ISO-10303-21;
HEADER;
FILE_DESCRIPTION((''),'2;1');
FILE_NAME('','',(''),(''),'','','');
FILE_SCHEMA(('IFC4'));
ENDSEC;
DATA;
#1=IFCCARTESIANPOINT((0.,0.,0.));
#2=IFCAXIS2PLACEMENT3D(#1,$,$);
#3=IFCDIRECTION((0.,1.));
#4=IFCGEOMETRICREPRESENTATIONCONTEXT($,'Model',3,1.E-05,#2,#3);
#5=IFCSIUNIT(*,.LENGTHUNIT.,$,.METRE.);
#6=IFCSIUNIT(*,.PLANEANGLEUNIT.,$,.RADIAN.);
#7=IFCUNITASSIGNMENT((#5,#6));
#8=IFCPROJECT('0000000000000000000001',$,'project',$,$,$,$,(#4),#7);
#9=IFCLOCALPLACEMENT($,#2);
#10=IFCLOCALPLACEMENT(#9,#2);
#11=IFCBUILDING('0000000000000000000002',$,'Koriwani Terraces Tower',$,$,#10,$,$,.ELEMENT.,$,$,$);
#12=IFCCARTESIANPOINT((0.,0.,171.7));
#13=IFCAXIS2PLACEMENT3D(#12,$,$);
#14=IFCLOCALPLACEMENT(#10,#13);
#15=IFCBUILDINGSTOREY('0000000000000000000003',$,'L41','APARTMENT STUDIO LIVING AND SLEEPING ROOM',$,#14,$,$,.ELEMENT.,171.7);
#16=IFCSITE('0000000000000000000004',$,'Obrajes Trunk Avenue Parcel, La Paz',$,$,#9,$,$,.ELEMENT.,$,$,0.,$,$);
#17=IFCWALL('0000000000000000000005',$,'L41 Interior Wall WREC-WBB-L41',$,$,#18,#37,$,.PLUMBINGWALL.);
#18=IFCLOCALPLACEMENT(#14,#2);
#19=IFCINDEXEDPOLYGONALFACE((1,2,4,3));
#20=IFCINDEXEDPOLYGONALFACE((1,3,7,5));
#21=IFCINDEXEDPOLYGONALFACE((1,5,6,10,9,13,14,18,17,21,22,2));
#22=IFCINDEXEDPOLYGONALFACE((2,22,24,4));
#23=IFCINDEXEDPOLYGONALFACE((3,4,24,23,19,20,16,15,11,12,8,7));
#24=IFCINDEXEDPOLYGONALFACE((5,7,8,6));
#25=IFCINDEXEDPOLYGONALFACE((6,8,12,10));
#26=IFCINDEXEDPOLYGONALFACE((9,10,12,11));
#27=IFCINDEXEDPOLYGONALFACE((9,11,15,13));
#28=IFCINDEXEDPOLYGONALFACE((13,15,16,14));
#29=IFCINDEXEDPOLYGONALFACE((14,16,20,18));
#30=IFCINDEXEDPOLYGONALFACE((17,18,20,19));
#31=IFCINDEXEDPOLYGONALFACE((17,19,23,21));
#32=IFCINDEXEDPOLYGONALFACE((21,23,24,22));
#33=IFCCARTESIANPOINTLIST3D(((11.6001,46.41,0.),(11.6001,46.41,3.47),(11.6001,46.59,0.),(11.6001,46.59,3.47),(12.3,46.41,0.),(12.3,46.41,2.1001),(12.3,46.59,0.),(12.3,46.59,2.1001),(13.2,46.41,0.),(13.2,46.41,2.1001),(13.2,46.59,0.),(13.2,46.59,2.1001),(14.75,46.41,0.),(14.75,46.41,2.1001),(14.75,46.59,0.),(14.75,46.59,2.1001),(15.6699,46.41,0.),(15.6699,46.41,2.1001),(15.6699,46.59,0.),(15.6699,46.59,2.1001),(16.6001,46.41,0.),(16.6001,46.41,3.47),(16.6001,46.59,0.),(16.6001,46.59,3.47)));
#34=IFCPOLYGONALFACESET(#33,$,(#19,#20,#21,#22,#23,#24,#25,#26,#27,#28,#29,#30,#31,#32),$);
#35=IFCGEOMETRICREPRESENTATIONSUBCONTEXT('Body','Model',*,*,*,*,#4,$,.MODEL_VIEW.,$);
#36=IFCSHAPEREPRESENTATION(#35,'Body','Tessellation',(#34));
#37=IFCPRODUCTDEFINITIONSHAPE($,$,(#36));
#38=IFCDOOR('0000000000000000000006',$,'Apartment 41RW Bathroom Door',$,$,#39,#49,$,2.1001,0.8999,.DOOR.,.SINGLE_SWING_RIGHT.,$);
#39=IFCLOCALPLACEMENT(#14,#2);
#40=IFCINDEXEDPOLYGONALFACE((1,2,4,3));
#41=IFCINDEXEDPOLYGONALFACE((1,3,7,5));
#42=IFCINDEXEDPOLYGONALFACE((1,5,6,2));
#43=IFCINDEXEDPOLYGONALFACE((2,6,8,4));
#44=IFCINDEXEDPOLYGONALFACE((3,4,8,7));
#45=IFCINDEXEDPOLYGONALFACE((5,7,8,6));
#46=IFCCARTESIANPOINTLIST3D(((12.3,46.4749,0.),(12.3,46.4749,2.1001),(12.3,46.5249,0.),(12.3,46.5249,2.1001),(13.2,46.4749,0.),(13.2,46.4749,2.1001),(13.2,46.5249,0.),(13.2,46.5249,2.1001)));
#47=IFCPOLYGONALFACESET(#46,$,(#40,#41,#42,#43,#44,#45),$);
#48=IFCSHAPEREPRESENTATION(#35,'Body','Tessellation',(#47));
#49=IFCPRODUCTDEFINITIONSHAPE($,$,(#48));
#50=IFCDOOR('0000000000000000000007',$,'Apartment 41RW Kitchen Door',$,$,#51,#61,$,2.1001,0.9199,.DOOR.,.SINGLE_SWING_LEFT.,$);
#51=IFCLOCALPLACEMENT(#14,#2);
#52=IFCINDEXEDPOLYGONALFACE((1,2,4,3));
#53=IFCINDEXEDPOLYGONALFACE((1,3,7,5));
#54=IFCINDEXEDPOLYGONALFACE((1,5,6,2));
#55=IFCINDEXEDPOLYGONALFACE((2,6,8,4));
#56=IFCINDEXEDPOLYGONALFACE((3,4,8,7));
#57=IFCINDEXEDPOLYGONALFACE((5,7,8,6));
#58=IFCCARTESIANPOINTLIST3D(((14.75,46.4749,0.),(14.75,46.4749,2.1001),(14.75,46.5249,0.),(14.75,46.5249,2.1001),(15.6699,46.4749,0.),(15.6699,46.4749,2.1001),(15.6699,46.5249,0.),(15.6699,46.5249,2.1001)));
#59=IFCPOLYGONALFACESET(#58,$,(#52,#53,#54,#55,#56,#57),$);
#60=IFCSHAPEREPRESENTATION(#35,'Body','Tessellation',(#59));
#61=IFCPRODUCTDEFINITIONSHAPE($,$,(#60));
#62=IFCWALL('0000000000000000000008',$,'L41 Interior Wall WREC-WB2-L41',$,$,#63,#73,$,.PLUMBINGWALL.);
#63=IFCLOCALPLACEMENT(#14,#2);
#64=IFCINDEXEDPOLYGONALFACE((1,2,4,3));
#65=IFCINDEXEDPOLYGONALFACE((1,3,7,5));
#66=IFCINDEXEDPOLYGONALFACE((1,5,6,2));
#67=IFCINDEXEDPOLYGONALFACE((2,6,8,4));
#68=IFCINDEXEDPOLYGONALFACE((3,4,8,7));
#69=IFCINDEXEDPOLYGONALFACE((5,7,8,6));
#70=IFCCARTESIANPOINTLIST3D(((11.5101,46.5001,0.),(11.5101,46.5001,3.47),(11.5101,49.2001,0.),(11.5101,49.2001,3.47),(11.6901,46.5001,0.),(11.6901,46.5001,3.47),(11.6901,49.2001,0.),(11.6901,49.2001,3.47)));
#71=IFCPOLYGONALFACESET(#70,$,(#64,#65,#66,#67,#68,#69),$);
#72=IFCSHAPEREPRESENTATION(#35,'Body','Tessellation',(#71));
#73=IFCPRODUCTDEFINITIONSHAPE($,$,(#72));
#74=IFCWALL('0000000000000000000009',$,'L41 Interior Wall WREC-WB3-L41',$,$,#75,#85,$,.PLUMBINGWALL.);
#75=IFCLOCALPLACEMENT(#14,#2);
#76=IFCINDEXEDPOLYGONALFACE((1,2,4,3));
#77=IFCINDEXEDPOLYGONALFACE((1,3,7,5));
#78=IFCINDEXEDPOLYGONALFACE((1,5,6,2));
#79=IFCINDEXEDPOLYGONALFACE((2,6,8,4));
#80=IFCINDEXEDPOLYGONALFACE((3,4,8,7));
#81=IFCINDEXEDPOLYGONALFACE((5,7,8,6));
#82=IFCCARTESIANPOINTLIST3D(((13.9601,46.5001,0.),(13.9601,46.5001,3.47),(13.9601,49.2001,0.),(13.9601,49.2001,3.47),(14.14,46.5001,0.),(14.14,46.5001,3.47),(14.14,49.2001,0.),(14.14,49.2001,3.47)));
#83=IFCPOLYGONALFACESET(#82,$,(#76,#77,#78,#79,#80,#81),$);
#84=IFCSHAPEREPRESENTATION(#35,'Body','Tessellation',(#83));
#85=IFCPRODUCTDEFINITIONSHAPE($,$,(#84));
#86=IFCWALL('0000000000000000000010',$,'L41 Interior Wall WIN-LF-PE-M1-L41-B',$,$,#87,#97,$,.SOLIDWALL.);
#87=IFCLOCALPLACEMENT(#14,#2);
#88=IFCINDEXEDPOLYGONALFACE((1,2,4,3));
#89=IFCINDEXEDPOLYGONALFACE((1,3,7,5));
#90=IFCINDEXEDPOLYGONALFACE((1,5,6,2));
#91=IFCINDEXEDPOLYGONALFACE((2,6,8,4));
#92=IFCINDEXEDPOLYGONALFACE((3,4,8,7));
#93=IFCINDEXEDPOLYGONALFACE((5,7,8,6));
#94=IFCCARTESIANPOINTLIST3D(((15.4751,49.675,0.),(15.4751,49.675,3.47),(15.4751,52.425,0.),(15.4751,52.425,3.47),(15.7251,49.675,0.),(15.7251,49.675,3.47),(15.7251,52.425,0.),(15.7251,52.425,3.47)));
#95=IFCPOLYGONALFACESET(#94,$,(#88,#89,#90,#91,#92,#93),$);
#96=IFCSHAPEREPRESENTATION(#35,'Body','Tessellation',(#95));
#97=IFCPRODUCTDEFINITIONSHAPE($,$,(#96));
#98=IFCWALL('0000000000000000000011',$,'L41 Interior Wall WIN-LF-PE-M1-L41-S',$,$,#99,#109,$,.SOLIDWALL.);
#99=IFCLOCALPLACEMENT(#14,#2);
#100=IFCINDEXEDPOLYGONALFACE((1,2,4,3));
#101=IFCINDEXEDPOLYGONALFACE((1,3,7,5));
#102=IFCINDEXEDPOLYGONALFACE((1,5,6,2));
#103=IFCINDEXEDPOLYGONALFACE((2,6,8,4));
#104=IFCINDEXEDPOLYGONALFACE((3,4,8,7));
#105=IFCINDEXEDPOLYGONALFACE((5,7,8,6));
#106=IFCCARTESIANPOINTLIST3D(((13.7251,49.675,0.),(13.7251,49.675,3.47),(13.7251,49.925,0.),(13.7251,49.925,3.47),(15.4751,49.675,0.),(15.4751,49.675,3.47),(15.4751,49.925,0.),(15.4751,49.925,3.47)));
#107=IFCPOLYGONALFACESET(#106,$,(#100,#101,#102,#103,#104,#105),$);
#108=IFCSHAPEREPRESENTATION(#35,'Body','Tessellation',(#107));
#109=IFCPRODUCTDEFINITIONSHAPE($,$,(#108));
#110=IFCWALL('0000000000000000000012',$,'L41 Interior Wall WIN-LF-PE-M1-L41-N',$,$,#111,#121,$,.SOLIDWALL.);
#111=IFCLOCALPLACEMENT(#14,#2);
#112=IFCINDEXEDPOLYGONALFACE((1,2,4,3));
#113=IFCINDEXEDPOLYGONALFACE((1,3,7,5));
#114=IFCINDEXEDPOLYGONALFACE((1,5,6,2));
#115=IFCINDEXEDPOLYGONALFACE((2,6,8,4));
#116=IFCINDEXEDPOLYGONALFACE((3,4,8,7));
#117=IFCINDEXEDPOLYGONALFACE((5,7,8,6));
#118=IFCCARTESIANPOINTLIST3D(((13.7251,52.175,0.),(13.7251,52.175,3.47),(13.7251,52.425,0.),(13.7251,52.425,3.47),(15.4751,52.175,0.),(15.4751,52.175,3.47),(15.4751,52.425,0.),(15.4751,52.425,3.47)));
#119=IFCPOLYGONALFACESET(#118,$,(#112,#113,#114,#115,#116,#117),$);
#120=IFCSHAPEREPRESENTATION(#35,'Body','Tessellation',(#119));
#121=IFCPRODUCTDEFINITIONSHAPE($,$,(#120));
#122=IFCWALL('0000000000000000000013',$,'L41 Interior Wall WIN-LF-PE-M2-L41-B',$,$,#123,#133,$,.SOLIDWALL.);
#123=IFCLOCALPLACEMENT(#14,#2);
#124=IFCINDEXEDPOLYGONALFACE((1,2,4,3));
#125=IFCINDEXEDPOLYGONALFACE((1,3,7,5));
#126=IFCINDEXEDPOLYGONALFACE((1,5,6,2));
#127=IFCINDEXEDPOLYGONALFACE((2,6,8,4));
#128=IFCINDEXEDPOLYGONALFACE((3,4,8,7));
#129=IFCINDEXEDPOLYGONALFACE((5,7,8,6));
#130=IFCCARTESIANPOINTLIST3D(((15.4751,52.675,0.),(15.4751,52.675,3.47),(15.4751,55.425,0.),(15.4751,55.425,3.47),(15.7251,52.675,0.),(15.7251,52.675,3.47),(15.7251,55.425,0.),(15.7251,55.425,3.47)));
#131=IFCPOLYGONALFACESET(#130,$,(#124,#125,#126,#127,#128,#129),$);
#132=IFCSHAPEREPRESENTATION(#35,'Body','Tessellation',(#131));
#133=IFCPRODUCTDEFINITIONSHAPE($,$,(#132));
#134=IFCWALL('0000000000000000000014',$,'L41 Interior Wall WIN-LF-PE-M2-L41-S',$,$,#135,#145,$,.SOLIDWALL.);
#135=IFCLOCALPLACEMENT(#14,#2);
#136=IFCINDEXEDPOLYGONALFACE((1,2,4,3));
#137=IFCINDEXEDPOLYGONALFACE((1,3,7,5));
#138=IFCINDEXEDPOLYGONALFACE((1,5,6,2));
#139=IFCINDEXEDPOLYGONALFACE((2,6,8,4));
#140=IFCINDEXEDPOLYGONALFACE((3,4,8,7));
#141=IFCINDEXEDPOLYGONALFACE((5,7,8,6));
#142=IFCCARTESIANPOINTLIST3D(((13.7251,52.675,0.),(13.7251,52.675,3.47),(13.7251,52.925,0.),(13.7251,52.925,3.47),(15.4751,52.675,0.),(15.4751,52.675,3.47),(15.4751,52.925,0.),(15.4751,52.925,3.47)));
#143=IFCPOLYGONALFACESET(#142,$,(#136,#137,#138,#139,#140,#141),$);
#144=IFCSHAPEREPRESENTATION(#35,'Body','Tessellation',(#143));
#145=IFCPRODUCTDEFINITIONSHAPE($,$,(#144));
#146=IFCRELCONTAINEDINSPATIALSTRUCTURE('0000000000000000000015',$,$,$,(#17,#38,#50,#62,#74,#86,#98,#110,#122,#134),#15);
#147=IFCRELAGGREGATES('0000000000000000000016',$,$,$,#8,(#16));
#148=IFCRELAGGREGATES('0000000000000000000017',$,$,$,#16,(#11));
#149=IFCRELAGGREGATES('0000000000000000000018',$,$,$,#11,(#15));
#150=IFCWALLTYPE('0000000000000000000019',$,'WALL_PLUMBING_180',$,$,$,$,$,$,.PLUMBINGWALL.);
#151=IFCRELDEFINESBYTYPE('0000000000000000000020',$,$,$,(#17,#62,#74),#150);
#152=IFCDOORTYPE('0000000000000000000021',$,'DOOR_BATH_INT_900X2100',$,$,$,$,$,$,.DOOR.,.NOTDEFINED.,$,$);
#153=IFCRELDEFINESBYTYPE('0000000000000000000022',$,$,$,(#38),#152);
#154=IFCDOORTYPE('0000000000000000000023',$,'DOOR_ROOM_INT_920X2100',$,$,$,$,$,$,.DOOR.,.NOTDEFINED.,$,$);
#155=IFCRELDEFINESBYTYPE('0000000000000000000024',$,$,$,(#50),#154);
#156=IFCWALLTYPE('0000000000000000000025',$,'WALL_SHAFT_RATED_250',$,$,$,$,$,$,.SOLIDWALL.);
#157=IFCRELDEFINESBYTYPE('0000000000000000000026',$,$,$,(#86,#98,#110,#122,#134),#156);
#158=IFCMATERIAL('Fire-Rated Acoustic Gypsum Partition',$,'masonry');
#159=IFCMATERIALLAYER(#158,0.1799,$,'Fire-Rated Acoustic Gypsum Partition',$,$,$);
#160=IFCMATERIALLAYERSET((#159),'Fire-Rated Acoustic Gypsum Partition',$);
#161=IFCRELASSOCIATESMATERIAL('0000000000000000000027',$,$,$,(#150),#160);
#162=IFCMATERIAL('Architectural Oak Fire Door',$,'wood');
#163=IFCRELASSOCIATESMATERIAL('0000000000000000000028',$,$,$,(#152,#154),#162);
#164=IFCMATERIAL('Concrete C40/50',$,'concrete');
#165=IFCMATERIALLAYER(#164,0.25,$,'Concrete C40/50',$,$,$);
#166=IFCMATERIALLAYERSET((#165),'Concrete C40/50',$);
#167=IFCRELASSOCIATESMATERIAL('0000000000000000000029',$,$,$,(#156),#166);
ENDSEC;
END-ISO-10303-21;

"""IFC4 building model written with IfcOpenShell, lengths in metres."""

from ifc_helpers import new_model, si_unit, direction, frame, frame_2d, origin, place, context, subcontext, project, spatial, rectangle, extrude, material, layer, layer_set, type_object, element, fill, save


model = new_model("IFC4")

# Units and contexts
model_context = context("Model", 3, precision=1e-05, world=origin(), true_north=direction((0.0, 1.0)))
body_context = subcontext(model_context, "Body", "Model", "MODEL_VIEW")
ifc_project = project(units=[si_unit("LENGTHUNIT", "METRE"), si_unit("PLANEANGLEUNIT", "RADIAN")], contexts=[model_context])

# Site, building, storey
site_placement = place(None, origin())
site = spatial("IfcSite", under=ifc_project, at=site_placement, Name="Obrajes Trunk Avenue Parcel, La Paz", CompositionType="ELEMENT", RefElevation=0.0)
building_placement = place(site_placement, origin())
building = spatial("IfcBuilding", under=site, at=building_placement, Name="Koriwani Terraces Tower", CompositionType="ELEMENT")
storey_placement = place(building_placement, frame((0.0, 0.0, 171.7)))
storey = spatial("IfcBuildingStorey", under=building, at=storey_placement, Name="L41", Description="APARTMENT STUDIO LIVING AND SLEEPING ROOM", CompositionType="ELEMENT", Elevation=171.7)

# Shared definitions
ifc_material_1 = material(Name="Concrete C40/50", Category="concrete")

# Wall, openings, doors
ifc_material_2 = material(Name="Fire-Rated Acoustic Gypsum Partition", Category="masonry")
ifc_layer_1 = layer(ifc_material_2, 0.1799, Name="Fire-Rated Acoustic Gypsum Partition")
ifc_layer_set_1 = layer_set([ifc_layer_1], Name="Fire-Rated Acoustic Gypsum Partition")
wall_type_1 = type_object("IfcWallType", Name="WALL_PLUMBING_180", PredefinedType="PLUMBINGWALL", material=ifc_layer_set_1)
wall_1_placement = place(storey_placement, frame((11.6001, 46.5, 0.0), z_axis=(0.0, 0.0, 1.0), x_axis=(1.0, 0.0, 0.0)))
wall_1 = element("IfcWall", 1, at=wall_1_placement, inside=storey, type_object=wall_type_1, Name="L41 Interior Wall WREC-WBB-L41", PredefinedType="PLUMBINGWALL", context=body_context, shape_type="SweptSolid", body=[
    extrude(rectangle(XDim=5.0, YDim=0.1799, at=frame_2d((2.5, 0.0))), origin(), (0.0, 0.0, 1.0), 3.47),
])
opening_1_placement = place(wall_1_placement, frame((0.7, 0.0, 0.0)))
opening_1 = element("IfcOpeningElement", 2, at=opening_1_placement, cuts=wall_1, PredefinedType="OPENING", context=body_context, shape_type="SweptSolid", body=[
    extrude(rectangle(XDim=0.8999, YDim=2.1001, at=frame_2d((0.45, 1.05))), frame((0.0, 0.1001, 0.0), z_axis=(0.0, -1.0, 0.0), x_axis=(1.0, 0.0, 0.0)), (0.0, 0.0, 1.0), 0.2),
])
opening_2_placement = place(wall_1_placement, frame((3.1499, 0.0, 0.0)))
opening_2 = element("IfcOpeningElement", 3, at=opening_2_placement, cuts=wall_1, PredefinedType="OPENING", context=body_context, shape_type="SweptSolid", body=[
    extrude(rectangle(XDim=0.9199, YDim=2.1001, at=frame_2d((0.46, 1.05))), frame((0.0, 0.1001, 0.0), z_axis=(0.0, -1.0, 0.0), x_axis=(1.0, 0.0, 0.0)), (0.0, 0.0, 1.0), 0.2),
])
ifc_material_3 = material(Name="Architectural Oak Fire Door", Category="wood")
door_type_1 = type_object("IfcDoorType", Name="DOOR_BATH_INT_900X2100", OperationType="NOTDEFINED", PredefinedType="DOOR", material=ifc_material_3)
door_1_placement = place(opening_1_placement, origin())
door_1 = element("IfcDoor", 4, at=door_1_placement, inside=storey, type_object=door_type_1, Name="Apartment 41RW Bathroom Door", OperationType="SINGLE_SWING_RIGHT", OverallHeight=2.1001, OverallWidth=0.8999, PredefinedType="DOOR", context=body_context, shape_type="SweptSolid", body=[
    extrude(rectangle(XDim=0.8999, YDim=2.1001, at=frame_2d((0.45, 1.05))), frame((0.0, 0.0249, 0.0), z_axis=(0.0, -1.0, 0.0), x_axis=(1.0, 0.0, 0.0)), (0.0, 0.0, 1.0), 0.05),
])
fill(opening_1, door_1)
door_type_2 = type_object("IfcDoorType", Name="DOOR_ROOM_INT_920X2100", OperationType="NOTDEFINED", PredefinedType="DOOR", material=ifc_material_3)
door_2_placement = place(opening_2_placement, origin())
door_2 = element("IfcDoor", 5, at=door_2_placement, inside=storey, type_object=door_type_2, Name="Apartment 41RW Kitchen Door", OperationType="SINGLE_SWING_LEFT", OverallHeight=2.1001, OverallWidth=0.9199, PredefinedType="DOOR", context=body_context, shape_type="SweptSolid", body=[
    extrude(rectangle(XDim=0.9199, YDim=2.1001, at=frame_2d((0.46, 1.05))), frame((0.0, 0.0249, 0.0), z_axis=(0.0, -1.0, 0.0), x_axis=(1.0, 0.0, 0.0)), (0.0, 0.0, 1.0), 0.05),
])
fill(opening_2, door_2)

# Walls
for number, where, z_axis, x_axis, name in (
    (6, (11.6001, 46.5, 0.0), (0.0, 0.0, 1.0), (0.0, 1.0, 0.0), "L41 Interior Wall WREC-WB2-L41"),
    (7, (14.05, 46.5, 0.0), (0.0, 0.0, 1.0), (0.0, 1.0, 0.0), "L41 Interior Wall WREC-WB3-L41"),
):
    element("IfcWall", number, at=place(storey_placement, frame(where, z_axis=z_axis, x_axis=x_axis)), inside=storey, type_object=wall_type_1, Name=name, PredefinedType="PLUMBINGWALL", context=body_context, shape_type="SweptSolid", body=[
        extrude(rectangle(XDim=2.7, YDim=0.1799, at=frame_2d((1.3501, 0.0))), origin(), (0.0, 0.0, 1.0), 3.47),
    ])

# Shared definitions
ifc_layer_2 = layer(ifc_material_1, 0.25, Name="Concrete C40/50")
ifc_layer_set_2 = layer_set([ifc_layer_2], Name="Concrete C40/50")
wall_type_2 = type_object("IfcWallType", Name="WALL_SHAFT_RATED_250", PredefinedType="SOLIDWALL", material=ifc_layer_set_2)

# Walls
wall_2_placement = place(storey_placement, frame((15.6001, 49.675, 0.0), z_axis=(0.0, 0.0, 1.0), x_axis=(0.0, 1.0, 0.0)))
element("IfcWall", 8, at=wall_2_placement, inside=storey, type_object=wall_type_2, Name="L41 Interior Wall WIN-LF-PE-M1-L41-B", PredefinedType="SOLIDWALL", context=body_context, shape_type="SweptSolid", body=[
    extrude(rectangle(XDim=2.75, YDim=0.25, at=frame_2d((1.375, 0.0))), origin(), (0.0, 0.0, 1.0), 3.47),
])
for number, where, z_axis, x_axis, name in (
    (9, (13.7251, 49.8, 0.0), (0.0, 0.0, 1.0), (1.0, 0.0, 0.0), "L41 Interior Wall WIN-LF-PE-M1-L41-S"),
    (10, (13.7251, 52.3, 0.0), (0.0, 0.0, 1.0), (1.0, 0.0, 0.0), "L41 Interior Wall WIN-LF-PE-M1-L41-N"),
):
    element("IfcWall", number, at=place(storey_placement, frame(where, z_axis=z_axis, x_axis=x_axis)), inside=storey, type_object=wall_type_2, Name=name, PredefinedType="SOLIDWALL", context=body_context, shape_type="SweptSolid", body=[
        extrude(rectangle(XDim=1.75, YDim=0.25, at=frame_2d((0.875, 0.0))), origin(), (0.0, 0.0, 1.0), 3.47),
    ])

# Walls
wall_3_placement = place(storey_placement, frame((15.6001, 52.675, 0.0), z_axis=(0.0, 0.0, 1.0), x_axis=(0.0, 1.0, 0.0)))
element("IfcWall", 11, at=wall_3_placement, inside=storey, type_object=wall_type_2, Name="L41 Interior Wall WIN-LF-PE-M2-L41-B", PredefinedType="SOLIDWALL", context=body_context, shape_type="SweptSolid", body=[
    extrude(rectangle(XDim=2.75, YDim=0.25, at=frame_2d((1.375, 0.0))), origin(), (0.0, 0.0, 1.0), 3.47),
])
wall_4_placement = place(storey_placement, frame((13.7251, 52.8, 0.0), z_axis=(0.0, 0.0, 1.0), x_axis=(1.0, 0.0, 0.0)))
element("IfcWall", 12, at=wall_4_placement, inside=storey, type_object=wall_type_2, Name="L41 Interior Wall WIN-LF-PE-M2-L41-S", PredefinedType="SOLIDWALL", context=body_context, shape_type="SweptSolid", body=[
    extrude(rectangle(XDim=1.75, YDim=0.25, at=frame_2d((0.875, 0.0))), origin(), (0.0, 0.0, 1.0), 3.47),
])

save(model, "model.ifc")
